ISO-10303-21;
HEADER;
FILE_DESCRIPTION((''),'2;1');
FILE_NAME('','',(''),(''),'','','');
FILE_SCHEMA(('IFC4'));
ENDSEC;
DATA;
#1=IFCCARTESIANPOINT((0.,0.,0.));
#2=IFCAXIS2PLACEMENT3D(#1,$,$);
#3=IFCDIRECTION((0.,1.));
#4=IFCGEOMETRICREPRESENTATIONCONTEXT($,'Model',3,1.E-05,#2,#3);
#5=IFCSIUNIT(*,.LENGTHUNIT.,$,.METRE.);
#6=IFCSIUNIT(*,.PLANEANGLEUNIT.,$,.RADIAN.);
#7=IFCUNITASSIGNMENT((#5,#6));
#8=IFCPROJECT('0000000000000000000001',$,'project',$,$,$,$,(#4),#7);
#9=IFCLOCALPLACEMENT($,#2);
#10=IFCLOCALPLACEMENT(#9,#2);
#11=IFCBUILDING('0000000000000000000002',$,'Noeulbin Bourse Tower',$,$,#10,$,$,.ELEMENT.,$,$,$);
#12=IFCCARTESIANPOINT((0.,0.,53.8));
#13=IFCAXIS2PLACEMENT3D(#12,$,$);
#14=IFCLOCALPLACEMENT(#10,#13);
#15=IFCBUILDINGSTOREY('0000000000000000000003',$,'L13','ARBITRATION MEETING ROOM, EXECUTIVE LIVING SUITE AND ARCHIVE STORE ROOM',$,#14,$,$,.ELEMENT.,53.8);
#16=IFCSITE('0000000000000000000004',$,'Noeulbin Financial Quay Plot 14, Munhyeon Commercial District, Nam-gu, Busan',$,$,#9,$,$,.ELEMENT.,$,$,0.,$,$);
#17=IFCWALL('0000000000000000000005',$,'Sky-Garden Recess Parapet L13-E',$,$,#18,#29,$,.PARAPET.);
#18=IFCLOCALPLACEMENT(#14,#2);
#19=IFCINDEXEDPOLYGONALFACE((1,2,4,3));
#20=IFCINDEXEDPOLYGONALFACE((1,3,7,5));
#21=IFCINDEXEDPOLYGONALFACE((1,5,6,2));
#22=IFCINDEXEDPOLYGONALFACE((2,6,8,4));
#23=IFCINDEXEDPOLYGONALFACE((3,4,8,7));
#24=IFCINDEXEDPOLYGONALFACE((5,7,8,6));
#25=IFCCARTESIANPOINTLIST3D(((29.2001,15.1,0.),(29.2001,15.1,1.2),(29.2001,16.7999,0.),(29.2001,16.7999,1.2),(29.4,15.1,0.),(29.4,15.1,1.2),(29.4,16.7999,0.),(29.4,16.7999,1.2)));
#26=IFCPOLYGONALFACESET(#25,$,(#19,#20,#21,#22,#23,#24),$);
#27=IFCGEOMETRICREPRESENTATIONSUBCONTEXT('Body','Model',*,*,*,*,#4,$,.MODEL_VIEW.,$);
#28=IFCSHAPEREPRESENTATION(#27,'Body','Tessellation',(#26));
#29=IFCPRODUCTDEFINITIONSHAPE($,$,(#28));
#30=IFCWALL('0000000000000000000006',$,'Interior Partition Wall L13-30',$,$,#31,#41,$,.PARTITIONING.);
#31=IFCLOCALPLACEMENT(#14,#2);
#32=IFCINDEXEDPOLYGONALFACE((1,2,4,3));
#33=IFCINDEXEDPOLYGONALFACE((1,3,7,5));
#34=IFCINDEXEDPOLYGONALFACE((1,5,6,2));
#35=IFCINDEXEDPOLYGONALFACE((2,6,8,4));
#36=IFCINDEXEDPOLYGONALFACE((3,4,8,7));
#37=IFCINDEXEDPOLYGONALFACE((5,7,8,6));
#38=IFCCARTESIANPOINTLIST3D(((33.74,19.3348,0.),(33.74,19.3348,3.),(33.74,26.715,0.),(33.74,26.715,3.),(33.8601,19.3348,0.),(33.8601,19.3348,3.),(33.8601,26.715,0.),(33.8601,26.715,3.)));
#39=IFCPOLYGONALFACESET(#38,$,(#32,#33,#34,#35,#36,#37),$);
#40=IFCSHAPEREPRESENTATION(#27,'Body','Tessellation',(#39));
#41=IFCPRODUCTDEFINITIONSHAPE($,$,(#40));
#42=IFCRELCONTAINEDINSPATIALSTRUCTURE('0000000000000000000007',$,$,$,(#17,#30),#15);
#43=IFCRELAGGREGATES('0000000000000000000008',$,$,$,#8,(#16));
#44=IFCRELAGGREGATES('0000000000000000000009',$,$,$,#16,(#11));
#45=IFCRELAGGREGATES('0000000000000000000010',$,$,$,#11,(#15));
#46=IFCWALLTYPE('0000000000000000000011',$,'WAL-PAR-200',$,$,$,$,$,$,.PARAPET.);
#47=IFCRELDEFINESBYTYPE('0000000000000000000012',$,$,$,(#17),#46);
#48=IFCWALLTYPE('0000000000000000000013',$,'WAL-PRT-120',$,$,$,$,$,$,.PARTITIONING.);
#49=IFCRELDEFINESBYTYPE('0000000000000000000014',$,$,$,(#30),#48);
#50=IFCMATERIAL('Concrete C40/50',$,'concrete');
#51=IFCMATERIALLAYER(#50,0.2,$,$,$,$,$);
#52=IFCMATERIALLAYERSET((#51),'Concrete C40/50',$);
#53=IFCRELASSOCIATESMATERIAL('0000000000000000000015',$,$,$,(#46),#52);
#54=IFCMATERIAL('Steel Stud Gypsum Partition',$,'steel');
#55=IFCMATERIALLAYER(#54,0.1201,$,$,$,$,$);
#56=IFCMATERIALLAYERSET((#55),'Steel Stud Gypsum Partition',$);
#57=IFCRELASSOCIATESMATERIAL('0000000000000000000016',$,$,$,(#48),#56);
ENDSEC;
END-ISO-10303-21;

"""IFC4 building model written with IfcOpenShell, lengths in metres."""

from ifc_helpers import new_model, si_unit, direction, frame, frame_2d, origin, place, context, subcontext, project, spatial, rectangle, extrude, material, layer, layer_set, type_object, element, save


model = new_model("IFC4")

# Units and contexts
model_context = context("Model", 3, precision=1e-05, world=origin(), true_north=direction((0.0, 1.0)))
body_context = subcontext(model_context, "Body", "Model", "MODEL_VIEW")
ifc_project = project(units=[si_unit("LENGTHUNIT", "METRE"), si_unit("PLANEANGLEUNIT", "RADIAN")], contexts=[model_context])

# Site, building, storey
site_placement = place(None, origin())
site = spatial("IfcSite", under=ifc_project, at=site_placement, Name="Noeulbin Financial Quay Plot 14, Munhyeon Commercial District, Nam-gu, Busan", CompositionType="ELEMENT", RefElevation=0.0)
building_placement = place(site_placement, origin())
building = spatial("IfcBuilding", under=site, at=building_placement, Name="Noeulbin Bourse Tower", CompositionType="ELEMENT")
storey_placement = place(building_placement, frame((0.0, 0.0, 53.8)))
storey = spatial("IfcBuildingStorey", under=building, at=storey_placement, Name="L13", Description="ARBITRATION MEETING ROOM, EXECUTIVE LIVING SUITE AND ARCHIVE STORE ROOM", CompositionType="ELEMENT", Elevation=53.8)

# Walls
ifc_material_1 = material(Name="Concrete C40/50", Category="concrete")
ifc_layer_1 = layer(ifc_material_1, 0.2)
ifc_layer_set_1 = layer_set([ifc_layer_1], Name="Concrete C40/50")
wall_type_1 = type_object("IfcWallType", Name="WAL-PAR-200", PredefinedType="PARAPET", material=ifc_layer_set_1)
wall_1_placement = place(storey_placement, frame((29.3, 16.8, 0.0), z_axis=(0.0, 0.0, 1.0), x_axis=(0.0, -1.0, 0.0)))
element("IfcWall", 1, at=wall_1_placement, inside=storey, type_object=wall_type_1, Name="Sky-Garden Recess Parapet L13-E", PredefinedType="PARAPET", context=body_context, shape_type="SweptSolid", body=[
    extrude(rectangle(XDim=1.7, YDim=0.2, at=frame_2d((0.8501, 0.0))), origin(), (0.0, 0.0, 1.0), 1.2),
])
ifc_material_2 = material(Name="Steel Stud Gypsum Partition", Category="steel")
ifc_layer_2 = layer(ifc_material_2, 0.1201)
ifc_layer_set_2 = layer_set([ifc_layer_2], Name="Steel Stud Gypsum Partition")
wall_type_2 = type_object("IfcWallType", Name="WAL-PRT-120", PredefinedType="PARTITIONING", material=ifc_layer_set_2)
wall_2_placement = place(storey_placement, frame((33.8, 19.335, 0.0), z_axis=(0.0, 0.0, 1.0), x_axis=(0.0, 1.0, 0.0)))
element("IfcWall", 2, at=wall_2_placement, inside=storey, type_object=wall_type_2, Name="Interior Partition Wall L13-30", PredefinedType="PARTITIONING", context=body_context, shape_type="SweptSolid", body=[
    extrude(rectangle(XDim=7.3801, YDim=0.1201, at=frame_2d((3.6899, 0.0))), origin(), (0.0, 0.0, 1.0), 3.0),
])

save(model, "model.ifc")
